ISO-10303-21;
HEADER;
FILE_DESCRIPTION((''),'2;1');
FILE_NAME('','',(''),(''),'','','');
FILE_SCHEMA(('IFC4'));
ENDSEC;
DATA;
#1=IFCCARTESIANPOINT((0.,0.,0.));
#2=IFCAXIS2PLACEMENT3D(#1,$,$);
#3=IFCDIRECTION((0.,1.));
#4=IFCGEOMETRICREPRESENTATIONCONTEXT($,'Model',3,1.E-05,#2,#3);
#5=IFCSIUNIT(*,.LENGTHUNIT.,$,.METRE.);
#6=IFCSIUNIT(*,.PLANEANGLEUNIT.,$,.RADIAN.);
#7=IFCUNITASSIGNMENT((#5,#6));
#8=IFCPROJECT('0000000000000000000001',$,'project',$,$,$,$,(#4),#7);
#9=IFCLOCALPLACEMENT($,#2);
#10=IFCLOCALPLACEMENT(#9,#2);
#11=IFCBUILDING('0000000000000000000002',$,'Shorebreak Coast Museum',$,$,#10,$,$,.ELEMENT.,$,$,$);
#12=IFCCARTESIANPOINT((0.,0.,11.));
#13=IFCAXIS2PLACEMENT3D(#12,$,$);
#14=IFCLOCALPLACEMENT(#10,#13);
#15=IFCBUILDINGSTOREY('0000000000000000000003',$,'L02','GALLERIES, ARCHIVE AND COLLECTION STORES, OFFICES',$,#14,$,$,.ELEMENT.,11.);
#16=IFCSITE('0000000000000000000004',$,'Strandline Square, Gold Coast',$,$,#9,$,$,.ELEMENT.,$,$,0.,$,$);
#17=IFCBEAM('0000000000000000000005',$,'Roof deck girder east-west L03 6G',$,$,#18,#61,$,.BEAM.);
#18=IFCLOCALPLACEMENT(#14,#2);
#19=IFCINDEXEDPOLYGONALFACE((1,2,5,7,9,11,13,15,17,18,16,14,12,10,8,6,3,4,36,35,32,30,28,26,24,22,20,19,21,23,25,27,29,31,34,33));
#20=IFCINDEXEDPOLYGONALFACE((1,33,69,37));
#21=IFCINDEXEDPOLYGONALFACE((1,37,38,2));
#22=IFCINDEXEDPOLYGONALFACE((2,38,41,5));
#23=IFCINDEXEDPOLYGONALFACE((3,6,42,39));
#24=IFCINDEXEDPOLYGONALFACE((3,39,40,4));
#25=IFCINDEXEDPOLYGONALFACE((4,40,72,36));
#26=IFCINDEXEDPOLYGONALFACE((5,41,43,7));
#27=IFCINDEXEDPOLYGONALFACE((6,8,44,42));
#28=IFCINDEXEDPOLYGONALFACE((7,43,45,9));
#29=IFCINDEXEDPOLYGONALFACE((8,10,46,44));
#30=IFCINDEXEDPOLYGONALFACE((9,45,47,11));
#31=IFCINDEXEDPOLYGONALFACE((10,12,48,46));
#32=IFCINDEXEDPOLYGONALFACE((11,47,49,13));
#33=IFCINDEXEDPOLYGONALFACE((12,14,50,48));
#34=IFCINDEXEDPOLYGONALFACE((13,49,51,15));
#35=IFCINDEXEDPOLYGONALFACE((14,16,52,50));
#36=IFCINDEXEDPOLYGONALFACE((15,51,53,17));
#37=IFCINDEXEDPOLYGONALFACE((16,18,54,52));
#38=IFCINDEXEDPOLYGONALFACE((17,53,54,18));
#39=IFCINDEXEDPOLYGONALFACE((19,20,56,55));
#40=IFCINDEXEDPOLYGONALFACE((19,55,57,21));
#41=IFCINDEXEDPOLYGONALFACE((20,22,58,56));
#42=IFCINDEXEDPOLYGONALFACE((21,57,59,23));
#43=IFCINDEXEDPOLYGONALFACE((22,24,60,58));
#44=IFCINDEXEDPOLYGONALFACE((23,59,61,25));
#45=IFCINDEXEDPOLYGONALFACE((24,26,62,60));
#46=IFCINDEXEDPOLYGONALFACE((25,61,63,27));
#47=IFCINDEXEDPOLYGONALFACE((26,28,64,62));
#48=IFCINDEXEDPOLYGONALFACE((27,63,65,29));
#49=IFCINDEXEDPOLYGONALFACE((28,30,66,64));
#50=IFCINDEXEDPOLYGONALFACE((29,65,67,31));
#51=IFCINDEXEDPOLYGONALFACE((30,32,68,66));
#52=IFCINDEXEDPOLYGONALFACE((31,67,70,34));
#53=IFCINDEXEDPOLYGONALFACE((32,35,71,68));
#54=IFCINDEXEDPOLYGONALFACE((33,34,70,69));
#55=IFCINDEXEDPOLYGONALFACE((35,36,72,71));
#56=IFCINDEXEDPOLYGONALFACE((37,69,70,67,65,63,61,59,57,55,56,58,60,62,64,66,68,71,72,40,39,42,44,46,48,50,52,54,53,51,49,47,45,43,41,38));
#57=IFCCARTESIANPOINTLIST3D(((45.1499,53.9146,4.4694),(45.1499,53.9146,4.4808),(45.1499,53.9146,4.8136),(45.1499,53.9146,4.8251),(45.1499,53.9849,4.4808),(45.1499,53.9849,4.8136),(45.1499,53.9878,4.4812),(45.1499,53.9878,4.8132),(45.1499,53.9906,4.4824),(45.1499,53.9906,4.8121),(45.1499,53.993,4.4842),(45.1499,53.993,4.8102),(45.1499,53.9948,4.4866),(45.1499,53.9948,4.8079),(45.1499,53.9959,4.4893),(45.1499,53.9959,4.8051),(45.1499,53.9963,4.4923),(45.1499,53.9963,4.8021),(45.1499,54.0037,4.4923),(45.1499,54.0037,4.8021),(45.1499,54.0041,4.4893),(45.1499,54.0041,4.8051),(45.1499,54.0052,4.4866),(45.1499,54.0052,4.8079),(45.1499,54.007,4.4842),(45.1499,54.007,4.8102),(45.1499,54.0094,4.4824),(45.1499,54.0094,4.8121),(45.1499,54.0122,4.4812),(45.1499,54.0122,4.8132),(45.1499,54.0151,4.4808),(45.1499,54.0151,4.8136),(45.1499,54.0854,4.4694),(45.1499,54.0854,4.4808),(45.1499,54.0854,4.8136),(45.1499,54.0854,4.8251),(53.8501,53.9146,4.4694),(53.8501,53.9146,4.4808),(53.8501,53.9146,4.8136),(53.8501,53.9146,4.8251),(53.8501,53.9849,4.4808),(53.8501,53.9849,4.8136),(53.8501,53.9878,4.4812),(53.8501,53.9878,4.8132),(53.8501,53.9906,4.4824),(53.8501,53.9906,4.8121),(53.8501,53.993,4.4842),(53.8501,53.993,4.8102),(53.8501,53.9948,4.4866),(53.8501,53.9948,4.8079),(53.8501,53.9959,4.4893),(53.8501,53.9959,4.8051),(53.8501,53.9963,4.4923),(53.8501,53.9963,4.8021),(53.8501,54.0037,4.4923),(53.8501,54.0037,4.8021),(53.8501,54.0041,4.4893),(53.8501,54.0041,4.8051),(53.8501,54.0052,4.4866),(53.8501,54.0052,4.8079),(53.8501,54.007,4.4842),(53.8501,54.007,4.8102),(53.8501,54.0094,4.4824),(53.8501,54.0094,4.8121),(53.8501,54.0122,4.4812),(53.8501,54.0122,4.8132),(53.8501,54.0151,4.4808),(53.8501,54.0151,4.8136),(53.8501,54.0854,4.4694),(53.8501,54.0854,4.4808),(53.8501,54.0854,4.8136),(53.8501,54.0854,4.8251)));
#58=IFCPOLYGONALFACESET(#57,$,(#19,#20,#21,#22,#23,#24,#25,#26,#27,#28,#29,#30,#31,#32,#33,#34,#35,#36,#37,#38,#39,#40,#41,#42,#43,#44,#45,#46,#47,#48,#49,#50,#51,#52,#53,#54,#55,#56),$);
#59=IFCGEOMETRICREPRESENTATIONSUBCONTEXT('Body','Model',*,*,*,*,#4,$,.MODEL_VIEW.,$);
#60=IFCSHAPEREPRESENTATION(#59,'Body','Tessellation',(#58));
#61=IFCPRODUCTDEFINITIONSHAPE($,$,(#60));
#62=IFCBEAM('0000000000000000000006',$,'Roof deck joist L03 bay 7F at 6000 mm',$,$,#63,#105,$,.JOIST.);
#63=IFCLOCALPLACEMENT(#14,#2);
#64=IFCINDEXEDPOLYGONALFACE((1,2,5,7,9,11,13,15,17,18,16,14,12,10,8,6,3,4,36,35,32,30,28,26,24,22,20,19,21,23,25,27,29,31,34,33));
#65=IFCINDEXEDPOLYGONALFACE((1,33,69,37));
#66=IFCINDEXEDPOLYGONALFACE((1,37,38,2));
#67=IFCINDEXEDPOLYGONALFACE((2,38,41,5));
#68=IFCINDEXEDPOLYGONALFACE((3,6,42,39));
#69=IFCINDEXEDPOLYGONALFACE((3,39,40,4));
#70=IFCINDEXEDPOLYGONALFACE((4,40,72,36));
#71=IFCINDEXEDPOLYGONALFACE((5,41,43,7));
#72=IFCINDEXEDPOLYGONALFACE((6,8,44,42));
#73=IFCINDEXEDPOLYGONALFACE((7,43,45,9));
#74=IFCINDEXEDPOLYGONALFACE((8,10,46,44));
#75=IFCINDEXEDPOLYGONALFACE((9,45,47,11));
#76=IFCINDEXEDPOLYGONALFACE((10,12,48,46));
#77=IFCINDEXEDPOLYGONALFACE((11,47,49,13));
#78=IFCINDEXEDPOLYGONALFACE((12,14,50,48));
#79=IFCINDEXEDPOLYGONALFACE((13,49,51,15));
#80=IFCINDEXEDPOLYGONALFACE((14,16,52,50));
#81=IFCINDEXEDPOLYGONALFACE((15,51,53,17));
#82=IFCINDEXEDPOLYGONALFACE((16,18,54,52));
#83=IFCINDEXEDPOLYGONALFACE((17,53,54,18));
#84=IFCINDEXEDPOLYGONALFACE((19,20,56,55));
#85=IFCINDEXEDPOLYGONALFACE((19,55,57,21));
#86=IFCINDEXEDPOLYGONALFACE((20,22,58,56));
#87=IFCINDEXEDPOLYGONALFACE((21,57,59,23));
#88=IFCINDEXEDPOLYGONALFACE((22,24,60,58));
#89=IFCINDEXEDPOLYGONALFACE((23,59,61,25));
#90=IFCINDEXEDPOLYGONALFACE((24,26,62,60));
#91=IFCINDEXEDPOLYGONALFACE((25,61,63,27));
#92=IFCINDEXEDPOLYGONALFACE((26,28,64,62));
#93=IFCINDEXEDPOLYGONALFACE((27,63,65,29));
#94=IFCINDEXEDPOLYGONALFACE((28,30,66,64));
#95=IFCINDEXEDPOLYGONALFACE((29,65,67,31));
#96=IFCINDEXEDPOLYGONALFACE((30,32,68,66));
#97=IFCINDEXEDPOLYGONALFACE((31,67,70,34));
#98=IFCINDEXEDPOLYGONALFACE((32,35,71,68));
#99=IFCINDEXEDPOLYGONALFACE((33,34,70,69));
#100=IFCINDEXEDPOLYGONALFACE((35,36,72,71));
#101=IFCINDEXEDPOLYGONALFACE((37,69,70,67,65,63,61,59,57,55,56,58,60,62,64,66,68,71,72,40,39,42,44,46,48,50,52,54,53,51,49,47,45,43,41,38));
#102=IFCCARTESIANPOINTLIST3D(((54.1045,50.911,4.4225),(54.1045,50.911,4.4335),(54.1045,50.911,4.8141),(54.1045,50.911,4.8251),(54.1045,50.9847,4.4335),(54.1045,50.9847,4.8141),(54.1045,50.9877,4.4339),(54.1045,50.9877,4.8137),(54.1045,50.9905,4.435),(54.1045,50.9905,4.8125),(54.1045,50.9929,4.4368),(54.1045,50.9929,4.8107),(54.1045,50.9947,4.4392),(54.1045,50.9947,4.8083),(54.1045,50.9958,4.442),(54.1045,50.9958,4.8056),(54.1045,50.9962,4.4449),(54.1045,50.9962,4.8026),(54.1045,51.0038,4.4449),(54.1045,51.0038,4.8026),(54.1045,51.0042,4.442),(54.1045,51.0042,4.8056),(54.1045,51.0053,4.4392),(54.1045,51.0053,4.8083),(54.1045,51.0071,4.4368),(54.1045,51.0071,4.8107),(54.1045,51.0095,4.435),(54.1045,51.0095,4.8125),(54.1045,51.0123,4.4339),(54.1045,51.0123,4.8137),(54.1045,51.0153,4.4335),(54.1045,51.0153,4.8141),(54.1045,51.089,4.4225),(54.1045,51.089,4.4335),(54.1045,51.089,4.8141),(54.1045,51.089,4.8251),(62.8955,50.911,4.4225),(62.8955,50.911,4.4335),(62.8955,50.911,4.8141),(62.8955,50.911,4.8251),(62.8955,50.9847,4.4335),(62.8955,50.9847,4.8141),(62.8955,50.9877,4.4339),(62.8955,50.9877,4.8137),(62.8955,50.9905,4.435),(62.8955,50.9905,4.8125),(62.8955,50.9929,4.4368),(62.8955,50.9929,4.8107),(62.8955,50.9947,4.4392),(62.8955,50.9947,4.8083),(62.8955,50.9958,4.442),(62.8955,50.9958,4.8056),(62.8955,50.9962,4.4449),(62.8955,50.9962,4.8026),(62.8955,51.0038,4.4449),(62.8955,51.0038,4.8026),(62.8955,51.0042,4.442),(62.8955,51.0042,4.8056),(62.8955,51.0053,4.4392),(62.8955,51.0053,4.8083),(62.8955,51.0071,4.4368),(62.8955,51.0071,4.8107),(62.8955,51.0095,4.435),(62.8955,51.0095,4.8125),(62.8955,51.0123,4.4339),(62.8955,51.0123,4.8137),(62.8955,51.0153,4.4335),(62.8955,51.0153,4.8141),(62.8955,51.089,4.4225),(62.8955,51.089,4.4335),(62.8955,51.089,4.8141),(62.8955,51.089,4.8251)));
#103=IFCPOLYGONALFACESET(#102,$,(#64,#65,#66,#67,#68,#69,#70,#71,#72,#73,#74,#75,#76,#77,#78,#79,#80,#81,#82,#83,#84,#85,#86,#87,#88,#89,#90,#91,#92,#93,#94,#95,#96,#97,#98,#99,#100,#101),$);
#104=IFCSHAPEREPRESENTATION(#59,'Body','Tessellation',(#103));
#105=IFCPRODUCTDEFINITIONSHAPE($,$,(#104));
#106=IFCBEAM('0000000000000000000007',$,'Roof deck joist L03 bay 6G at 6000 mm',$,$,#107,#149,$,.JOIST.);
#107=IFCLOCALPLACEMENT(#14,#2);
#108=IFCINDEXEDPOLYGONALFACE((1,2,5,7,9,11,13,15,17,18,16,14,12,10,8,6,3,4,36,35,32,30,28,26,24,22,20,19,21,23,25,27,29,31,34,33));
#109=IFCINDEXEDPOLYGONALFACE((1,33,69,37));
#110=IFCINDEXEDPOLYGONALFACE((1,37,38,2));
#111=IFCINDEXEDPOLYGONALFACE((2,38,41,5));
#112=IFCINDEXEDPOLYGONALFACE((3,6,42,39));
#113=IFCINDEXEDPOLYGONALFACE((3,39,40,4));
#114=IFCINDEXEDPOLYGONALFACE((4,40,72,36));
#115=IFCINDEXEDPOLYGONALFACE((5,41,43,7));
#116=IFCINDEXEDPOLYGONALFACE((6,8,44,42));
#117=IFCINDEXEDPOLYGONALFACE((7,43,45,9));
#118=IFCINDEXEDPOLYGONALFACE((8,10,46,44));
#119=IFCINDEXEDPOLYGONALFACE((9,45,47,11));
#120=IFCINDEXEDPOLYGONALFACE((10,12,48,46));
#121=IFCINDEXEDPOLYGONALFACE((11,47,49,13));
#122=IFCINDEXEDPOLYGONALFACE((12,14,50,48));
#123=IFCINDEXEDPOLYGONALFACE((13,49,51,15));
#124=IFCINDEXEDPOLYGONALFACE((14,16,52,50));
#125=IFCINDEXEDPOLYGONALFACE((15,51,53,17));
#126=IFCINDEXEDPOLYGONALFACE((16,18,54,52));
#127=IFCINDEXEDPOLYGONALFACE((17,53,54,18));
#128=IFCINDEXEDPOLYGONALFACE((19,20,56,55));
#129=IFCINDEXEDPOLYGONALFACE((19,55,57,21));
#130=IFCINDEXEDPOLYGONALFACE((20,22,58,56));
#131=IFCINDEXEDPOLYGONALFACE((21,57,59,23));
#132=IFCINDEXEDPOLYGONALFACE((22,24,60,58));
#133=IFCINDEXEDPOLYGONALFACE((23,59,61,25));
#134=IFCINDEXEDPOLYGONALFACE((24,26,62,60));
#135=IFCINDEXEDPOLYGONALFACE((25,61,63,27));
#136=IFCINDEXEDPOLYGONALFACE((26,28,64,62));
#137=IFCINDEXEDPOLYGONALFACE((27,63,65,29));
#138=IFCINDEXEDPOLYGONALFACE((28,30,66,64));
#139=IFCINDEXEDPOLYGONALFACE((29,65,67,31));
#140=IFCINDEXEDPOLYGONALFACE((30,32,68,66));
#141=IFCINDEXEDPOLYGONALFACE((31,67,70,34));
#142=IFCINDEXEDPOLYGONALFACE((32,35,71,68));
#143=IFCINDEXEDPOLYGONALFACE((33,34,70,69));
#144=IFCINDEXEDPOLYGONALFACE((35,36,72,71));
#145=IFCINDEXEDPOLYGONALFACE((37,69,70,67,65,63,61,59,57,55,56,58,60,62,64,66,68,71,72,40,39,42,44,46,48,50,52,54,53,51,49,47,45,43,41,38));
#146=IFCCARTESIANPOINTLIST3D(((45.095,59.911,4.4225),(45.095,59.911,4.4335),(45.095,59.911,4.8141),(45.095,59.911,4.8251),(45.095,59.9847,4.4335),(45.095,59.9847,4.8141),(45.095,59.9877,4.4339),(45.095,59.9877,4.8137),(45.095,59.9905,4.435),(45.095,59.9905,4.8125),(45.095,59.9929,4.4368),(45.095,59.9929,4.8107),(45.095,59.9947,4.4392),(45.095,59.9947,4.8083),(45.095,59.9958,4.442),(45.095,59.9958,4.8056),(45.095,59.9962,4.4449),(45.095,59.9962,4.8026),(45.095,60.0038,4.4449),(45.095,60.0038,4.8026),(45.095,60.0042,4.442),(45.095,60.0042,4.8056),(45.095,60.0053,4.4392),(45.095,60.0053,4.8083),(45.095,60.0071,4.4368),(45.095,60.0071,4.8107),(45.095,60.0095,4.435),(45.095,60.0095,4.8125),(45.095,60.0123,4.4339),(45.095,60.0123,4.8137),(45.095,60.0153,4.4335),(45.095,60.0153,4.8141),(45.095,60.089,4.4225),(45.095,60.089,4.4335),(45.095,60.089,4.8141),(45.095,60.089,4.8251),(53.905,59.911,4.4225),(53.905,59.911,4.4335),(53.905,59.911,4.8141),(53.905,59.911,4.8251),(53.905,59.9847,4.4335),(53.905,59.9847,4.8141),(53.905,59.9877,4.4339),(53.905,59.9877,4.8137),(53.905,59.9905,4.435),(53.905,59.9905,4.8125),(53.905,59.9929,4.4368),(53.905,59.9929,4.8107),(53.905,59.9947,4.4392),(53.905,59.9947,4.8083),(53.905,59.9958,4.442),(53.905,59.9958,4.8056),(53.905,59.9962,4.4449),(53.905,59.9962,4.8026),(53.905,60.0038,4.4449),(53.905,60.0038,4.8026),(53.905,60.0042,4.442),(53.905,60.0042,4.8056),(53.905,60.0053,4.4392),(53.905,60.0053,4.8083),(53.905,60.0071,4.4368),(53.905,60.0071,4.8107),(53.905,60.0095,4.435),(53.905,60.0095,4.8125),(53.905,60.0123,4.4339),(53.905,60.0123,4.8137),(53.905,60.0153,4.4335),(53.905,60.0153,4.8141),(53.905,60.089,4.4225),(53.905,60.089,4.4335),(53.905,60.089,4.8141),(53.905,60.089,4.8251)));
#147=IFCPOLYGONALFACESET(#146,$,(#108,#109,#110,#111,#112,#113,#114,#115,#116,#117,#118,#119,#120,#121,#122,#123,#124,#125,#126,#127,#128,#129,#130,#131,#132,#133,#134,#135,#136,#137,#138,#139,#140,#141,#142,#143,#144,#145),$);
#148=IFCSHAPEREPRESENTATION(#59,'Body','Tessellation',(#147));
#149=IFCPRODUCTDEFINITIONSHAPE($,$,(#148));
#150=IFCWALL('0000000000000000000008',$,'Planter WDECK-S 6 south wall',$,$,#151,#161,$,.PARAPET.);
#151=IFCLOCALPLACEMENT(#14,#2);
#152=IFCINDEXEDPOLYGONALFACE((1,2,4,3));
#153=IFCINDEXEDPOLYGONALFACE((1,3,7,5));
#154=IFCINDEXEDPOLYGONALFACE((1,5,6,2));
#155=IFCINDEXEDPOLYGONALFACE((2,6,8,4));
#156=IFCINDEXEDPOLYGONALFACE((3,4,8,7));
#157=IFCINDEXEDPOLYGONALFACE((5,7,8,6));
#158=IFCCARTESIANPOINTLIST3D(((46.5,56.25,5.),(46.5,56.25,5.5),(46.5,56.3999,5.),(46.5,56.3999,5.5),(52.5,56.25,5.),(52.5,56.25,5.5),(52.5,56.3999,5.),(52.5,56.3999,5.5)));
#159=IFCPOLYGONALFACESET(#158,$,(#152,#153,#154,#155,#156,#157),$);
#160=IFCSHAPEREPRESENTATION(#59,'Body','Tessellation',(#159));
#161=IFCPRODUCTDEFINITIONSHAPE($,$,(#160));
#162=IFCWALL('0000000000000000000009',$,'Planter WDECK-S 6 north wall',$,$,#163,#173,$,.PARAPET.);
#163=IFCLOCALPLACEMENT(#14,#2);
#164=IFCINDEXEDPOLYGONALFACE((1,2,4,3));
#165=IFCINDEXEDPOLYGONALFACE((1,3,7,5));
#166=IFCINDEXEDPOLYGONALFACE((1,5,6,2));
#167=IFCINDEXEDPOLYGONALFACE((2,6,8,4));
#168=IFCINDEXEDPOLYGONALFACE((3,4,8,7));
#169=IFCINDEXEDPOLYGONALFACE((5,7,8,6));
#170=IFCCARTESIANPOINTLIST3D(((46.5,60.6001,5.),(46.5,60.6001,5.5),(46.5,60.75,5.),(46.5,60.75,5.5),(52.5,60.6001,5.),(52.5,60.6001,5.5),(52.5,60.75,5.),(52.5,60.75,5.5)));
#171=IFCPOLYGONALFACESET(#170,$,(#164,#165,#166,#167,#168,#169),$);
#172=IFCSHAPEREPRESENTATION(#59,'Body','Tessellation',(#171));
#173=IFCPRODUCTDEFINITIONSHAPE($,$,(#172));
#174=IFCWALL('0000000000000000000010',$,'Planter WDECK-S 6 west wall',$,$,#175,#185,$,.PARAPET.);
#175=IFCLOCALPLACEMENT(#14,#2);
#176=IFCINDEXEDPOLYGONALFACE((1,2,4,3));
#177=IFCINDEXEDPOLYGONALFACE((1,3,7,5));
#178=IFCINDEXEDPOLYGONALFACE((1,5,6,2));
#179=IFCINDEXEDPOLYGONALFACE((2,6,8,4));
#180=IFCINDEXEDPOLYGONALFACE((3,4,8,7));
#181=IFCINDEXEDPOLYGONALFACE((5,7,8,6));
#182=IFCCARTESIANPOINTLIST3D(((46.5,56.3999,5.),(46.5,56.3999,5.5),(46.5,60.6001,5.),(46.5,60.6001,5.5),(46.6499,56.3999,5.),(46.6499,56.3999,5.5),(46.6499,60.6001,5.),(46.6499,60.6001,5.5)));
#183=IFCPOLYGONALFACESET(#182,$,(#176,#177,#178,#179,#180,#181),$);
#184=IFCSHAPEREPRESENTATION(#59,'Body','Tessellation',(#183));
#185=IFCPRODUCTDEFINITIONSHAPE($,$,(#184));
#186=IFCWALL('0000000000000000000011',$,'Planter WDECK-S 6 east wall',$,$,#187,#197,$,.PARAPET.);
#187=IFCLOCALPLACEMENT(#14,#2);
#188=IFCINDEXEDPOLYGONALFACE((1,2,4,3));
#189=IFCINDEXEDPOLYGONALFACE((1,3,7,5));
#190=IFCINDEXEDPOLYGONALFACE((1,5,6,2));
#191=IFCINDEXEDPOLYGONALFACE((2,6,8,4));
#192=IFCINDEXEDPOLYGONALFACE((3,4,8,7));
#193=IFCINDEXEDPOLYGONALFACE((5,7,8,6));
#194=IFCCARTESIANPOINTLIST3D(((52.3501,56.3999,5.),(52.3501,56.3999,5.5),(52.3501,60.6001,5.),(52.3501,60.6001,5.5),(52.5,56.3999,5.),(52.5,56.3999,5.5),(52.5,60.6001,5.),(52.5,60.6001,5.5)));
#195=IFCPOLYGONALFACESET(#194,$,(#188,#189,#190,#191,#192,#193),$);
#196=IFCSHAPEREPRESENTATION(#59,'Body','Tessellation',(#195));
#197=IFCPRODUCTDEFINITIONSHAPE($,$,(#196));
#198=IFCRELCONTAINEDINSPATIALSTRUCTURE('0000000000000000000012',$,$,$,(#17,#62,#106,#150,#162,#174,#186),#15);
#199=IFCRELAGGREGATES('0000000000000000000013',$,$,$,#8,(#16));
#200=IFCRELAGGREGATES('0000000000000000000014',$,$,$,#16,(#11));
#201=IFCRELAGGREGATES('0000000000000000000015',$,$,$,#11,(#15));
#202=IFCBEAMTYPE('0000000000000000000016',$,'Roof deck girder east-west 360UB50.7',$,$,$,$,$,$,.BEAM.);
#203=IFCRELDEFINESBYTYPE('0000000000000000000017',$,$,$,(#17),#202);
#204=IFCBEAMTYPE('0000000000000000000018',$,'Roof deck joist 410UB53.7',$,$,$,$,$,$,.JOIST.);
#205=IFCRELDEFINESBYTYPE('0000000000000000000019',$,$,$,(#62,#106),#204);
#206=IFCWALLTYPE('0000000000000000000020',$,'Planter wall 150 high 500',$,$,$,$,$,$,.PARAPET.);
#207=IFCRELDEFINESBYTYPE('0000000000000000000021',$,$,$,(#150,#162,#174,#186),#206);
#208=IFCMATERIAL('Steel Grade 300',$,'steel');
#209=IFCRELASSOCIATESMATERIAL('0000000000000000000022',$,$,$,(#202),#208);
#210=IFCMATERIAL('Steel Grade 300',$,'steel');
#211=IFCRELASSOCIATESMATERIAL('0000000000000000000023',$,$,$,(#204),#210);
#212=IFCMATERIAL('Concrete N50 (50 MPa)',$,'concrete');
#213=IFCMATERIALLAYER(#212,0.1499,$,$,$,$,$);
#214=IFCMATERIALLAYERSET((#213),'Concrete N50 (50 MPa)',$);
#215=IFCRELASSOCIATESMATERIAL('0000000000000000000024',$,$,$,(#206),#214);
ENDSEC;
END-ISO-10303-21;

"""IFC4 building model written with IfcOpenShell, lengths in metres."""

from ifc_helpers import new_model, si_unit, direction, frame, frame_2d, origin, origin_2d, place, context, subcontext, project, spatial, rectangle, i_section, extrude, material, layer, layer_set, material_profile, profile_set, type_object, element, save


model = new_model("IFC4")

# Units and contexts
model_context = context("Model", 3, precision=1e-05, world=origin(), true_north=direction((0.0, 1.0)))
body_context = subcontext(model_context, "Body", "Model", "MODEL_VIEW")
ifc_project = project(units=[si_unit("LENGTHUNIT", "METRE"), si_unit("PLANEANGLEUNIT", "RADIAN")], contexts=[model_context])

# Site, building, storey
site_placement = place(None, origin())
site = spatial("IfcSite", under=ifc_project, at=site_placement, Name="Strandline Square, Gold Coast", CompositionType="ELEMENT", RefElevation=0.0)
building_placement = place(site_placement, origin())
building = spatial("IfcBuilding", under=site, at=building_placement, Name="Shorebreak Coast Museum", CompositionType="ELEMENT")
storey_placement = place(building_placement, frame((0.0, 0.0, 11.0)))
storey = spatial("IfcBuildingStorey", under=building, at=storey_placement, Name="L02", Description="GALLERIES, ARCHIVE AND COLLECTION STORES, OFFICES", CompositionType="ELEMENT", Elevation=11.0)

# Beams
ifc_material_1 = material(Name="Steel Grade 300", Category="steel")
ifc_material_profile_1 = material_profile(ifc_material_1, i_section(OverallWidth=0.1709, OverallDepth=0.3557, WebThickness=0.0073, FlangeThickness=0.0115, FilletRadius=0.0115, at=origin_2d()), Name="360UB50.7")
ifc_profile_set_1 = profile_set([ifc_material_profile_1], Name="Steel Grade 300")
beam_type_1 = type_object("IfcBeamType", Name="Roof deck girder east-west 360UB50.7", PredefinedType="BEAM", material=ifc_profile_set_1)
beam_1_placement = place(storey_placement, frame((45.1499, 54.0, 4.6472), z_axis=(1.0, 0.0, 0.0), x_axis=(0.0, 1.0, 0.0)))
element("IfcBeam", 1, at=beam_1_placement, inside=storey, type_object=beam_type_1, Name="Roof deck girder east-west L03 6G", PredefinedType="BEAM", context=body_context, shape_type="SweptSolid", body=[
    extrude(i_section(OverallWidth=0.1709, OverallDepth=0.3557, WebThickness=0.0073, FlangeThickness=0.0115, FilletRadius=0.0115, at=origin_2d()), origin(), (0.0, 0.0, 1.0), 8.7002),
])
ifc_material_2 = material(Name="Steel Grade 300", Category="steel")
ifc_material_profile_2 = material_profile(ifc_material_2, i_section(OverallWidth=0.178, OverallDepth=0.4026, WebThickness=0.0076, FlangeThickness=0.011, FilletRadius=0.0115, at=origin_2d()), Name="410UB53.7")
ifc_profile_set_2 = profile_set([ifc_material_profile_2], Name="Steel Grade 300")
beam_type_2 = type_object("IfcBeamType", Name="Roof deck joist 410UB53.7", PredefinedType="JOIST", material=ifc_profile_set_2)
beam_2_placement = place(storey_placement, frame((54.1045, 51.0, 4.6238), z_axis=(1.0, 0.0, 0.0), x_axis=(0.0, 1.0, 0.0)))
element("IfcBeam", 2, at=beam_2_placement, inside=storey, type_object=beam_type_2, Name="Roof deck joist L03 bay 7F at 6000 mm", PredefinedType="JOIST", context=body_context, shape_type="SweptSolid", body=[
    extrude(i_section(OverallWidth=0.178, OverallDepth=0.4026, WebThickness=0.0076, FlangeThickness=0.011, FilletRadius=0.0115, at=origin_2d()), origin(), (0.0, 0.0, 1.0), 8.791),
])
beam_3_placement = place(storey_placement, frame((45.095, 60.0, 4.6238), z_axis=(1.0, 0.0, 0.0), x_axis=(0.0, 1.0, 0.0)))
element("IfcBeam", 3, at=beam_3_placement, inside=storey, type_object=beam_type_2, Name="Roof deck joist L03 bay 6G at 6000 mm", PredefinedType="JOIST", context=body_context, shape_type="SweptSolid", body=[
    extrude(i_section(OverallWidth=0.178, OverallDepth=0.4026, WebThickness=0.0076, FlangeThickness=0.011, FilletRadius=0.0115, at=origin_2d()), origin(), (0.0, 0.0, 1.0), 8.8101),
])

# Walls
ifc_material_3 = material(Name="Concrete N50 (50 MPa)", Category="concrete")
ifc_layer_1 = layer(ifc_material_3, 0.1499)
ifc_layer_set_1 = layer_set([ifc_layer_1], Name="Concrete N50 (50 MPa)")
wall_type_1 = type_object("IfcWallType", Name="Planter wall 150 high 500", PredefinedType="PARAPET", material=ifc_layer_set_1)
for number, where, z_axis, x_axis, name in (
    (4, (46.5, 56.325, 5.0), (0.0, 0.0, 1.0), (1.0, 0.0, 0.0), "Planter WDECK-S 6 south wall"),
    (5, (46.5, 60.675, 5.0), (0.0, 0.0, 1.0), (1.0, 0.0, 0.0), "Planter WDECK-S 6 north wall"),
):
    element("IfcWall", number, at=place(storey_placement, frame(where, z_axis=z_axis, x_axis=x_axis)), inside=storey, type_object=wall_type_1, Name=name, PredefinedType="PARAPET", context=body_context, shape_type="SweptSolid", body=[
        extrude(rectangle(XDim=6.0, YDim=0.1499, at=frame_2d((3.0, 0.0))), origin(), (0.0, 0.0, 1.0), 0.5),
    ])
for number, where, z_axis, x_axis, name in (
    (6, (46.575, 56.3999, 5.0), (0.0, 0.0, 1.0), (0.0, 1.0, 0.0), "Planter WDECK-S 6 west wall"),
    (7, (52.425, 56.3999, 5.0), (0.0, 0.0, 1.0), (0.0, 1.0, 0.0), "Planter WDECK-S 6 east wall"),
):
    element("IfcWall", number, at=place(storey_placement, frame(where, z_axis=z_axis, x_axis=x_axis)), inside=storey, type_object=wall_type_1, Name=name, PredefinedType="PARAPET", context=body_context, shape_type="SweptSolid", body=[
        extrude(rectangle(XDim=4.2002, YDim=0.1499, at=frame_2d((2.1001, 0.0))), origin(), (0.0, 0.0, 1.0), 0.5),
    ])

save(model, "model.ifc")
